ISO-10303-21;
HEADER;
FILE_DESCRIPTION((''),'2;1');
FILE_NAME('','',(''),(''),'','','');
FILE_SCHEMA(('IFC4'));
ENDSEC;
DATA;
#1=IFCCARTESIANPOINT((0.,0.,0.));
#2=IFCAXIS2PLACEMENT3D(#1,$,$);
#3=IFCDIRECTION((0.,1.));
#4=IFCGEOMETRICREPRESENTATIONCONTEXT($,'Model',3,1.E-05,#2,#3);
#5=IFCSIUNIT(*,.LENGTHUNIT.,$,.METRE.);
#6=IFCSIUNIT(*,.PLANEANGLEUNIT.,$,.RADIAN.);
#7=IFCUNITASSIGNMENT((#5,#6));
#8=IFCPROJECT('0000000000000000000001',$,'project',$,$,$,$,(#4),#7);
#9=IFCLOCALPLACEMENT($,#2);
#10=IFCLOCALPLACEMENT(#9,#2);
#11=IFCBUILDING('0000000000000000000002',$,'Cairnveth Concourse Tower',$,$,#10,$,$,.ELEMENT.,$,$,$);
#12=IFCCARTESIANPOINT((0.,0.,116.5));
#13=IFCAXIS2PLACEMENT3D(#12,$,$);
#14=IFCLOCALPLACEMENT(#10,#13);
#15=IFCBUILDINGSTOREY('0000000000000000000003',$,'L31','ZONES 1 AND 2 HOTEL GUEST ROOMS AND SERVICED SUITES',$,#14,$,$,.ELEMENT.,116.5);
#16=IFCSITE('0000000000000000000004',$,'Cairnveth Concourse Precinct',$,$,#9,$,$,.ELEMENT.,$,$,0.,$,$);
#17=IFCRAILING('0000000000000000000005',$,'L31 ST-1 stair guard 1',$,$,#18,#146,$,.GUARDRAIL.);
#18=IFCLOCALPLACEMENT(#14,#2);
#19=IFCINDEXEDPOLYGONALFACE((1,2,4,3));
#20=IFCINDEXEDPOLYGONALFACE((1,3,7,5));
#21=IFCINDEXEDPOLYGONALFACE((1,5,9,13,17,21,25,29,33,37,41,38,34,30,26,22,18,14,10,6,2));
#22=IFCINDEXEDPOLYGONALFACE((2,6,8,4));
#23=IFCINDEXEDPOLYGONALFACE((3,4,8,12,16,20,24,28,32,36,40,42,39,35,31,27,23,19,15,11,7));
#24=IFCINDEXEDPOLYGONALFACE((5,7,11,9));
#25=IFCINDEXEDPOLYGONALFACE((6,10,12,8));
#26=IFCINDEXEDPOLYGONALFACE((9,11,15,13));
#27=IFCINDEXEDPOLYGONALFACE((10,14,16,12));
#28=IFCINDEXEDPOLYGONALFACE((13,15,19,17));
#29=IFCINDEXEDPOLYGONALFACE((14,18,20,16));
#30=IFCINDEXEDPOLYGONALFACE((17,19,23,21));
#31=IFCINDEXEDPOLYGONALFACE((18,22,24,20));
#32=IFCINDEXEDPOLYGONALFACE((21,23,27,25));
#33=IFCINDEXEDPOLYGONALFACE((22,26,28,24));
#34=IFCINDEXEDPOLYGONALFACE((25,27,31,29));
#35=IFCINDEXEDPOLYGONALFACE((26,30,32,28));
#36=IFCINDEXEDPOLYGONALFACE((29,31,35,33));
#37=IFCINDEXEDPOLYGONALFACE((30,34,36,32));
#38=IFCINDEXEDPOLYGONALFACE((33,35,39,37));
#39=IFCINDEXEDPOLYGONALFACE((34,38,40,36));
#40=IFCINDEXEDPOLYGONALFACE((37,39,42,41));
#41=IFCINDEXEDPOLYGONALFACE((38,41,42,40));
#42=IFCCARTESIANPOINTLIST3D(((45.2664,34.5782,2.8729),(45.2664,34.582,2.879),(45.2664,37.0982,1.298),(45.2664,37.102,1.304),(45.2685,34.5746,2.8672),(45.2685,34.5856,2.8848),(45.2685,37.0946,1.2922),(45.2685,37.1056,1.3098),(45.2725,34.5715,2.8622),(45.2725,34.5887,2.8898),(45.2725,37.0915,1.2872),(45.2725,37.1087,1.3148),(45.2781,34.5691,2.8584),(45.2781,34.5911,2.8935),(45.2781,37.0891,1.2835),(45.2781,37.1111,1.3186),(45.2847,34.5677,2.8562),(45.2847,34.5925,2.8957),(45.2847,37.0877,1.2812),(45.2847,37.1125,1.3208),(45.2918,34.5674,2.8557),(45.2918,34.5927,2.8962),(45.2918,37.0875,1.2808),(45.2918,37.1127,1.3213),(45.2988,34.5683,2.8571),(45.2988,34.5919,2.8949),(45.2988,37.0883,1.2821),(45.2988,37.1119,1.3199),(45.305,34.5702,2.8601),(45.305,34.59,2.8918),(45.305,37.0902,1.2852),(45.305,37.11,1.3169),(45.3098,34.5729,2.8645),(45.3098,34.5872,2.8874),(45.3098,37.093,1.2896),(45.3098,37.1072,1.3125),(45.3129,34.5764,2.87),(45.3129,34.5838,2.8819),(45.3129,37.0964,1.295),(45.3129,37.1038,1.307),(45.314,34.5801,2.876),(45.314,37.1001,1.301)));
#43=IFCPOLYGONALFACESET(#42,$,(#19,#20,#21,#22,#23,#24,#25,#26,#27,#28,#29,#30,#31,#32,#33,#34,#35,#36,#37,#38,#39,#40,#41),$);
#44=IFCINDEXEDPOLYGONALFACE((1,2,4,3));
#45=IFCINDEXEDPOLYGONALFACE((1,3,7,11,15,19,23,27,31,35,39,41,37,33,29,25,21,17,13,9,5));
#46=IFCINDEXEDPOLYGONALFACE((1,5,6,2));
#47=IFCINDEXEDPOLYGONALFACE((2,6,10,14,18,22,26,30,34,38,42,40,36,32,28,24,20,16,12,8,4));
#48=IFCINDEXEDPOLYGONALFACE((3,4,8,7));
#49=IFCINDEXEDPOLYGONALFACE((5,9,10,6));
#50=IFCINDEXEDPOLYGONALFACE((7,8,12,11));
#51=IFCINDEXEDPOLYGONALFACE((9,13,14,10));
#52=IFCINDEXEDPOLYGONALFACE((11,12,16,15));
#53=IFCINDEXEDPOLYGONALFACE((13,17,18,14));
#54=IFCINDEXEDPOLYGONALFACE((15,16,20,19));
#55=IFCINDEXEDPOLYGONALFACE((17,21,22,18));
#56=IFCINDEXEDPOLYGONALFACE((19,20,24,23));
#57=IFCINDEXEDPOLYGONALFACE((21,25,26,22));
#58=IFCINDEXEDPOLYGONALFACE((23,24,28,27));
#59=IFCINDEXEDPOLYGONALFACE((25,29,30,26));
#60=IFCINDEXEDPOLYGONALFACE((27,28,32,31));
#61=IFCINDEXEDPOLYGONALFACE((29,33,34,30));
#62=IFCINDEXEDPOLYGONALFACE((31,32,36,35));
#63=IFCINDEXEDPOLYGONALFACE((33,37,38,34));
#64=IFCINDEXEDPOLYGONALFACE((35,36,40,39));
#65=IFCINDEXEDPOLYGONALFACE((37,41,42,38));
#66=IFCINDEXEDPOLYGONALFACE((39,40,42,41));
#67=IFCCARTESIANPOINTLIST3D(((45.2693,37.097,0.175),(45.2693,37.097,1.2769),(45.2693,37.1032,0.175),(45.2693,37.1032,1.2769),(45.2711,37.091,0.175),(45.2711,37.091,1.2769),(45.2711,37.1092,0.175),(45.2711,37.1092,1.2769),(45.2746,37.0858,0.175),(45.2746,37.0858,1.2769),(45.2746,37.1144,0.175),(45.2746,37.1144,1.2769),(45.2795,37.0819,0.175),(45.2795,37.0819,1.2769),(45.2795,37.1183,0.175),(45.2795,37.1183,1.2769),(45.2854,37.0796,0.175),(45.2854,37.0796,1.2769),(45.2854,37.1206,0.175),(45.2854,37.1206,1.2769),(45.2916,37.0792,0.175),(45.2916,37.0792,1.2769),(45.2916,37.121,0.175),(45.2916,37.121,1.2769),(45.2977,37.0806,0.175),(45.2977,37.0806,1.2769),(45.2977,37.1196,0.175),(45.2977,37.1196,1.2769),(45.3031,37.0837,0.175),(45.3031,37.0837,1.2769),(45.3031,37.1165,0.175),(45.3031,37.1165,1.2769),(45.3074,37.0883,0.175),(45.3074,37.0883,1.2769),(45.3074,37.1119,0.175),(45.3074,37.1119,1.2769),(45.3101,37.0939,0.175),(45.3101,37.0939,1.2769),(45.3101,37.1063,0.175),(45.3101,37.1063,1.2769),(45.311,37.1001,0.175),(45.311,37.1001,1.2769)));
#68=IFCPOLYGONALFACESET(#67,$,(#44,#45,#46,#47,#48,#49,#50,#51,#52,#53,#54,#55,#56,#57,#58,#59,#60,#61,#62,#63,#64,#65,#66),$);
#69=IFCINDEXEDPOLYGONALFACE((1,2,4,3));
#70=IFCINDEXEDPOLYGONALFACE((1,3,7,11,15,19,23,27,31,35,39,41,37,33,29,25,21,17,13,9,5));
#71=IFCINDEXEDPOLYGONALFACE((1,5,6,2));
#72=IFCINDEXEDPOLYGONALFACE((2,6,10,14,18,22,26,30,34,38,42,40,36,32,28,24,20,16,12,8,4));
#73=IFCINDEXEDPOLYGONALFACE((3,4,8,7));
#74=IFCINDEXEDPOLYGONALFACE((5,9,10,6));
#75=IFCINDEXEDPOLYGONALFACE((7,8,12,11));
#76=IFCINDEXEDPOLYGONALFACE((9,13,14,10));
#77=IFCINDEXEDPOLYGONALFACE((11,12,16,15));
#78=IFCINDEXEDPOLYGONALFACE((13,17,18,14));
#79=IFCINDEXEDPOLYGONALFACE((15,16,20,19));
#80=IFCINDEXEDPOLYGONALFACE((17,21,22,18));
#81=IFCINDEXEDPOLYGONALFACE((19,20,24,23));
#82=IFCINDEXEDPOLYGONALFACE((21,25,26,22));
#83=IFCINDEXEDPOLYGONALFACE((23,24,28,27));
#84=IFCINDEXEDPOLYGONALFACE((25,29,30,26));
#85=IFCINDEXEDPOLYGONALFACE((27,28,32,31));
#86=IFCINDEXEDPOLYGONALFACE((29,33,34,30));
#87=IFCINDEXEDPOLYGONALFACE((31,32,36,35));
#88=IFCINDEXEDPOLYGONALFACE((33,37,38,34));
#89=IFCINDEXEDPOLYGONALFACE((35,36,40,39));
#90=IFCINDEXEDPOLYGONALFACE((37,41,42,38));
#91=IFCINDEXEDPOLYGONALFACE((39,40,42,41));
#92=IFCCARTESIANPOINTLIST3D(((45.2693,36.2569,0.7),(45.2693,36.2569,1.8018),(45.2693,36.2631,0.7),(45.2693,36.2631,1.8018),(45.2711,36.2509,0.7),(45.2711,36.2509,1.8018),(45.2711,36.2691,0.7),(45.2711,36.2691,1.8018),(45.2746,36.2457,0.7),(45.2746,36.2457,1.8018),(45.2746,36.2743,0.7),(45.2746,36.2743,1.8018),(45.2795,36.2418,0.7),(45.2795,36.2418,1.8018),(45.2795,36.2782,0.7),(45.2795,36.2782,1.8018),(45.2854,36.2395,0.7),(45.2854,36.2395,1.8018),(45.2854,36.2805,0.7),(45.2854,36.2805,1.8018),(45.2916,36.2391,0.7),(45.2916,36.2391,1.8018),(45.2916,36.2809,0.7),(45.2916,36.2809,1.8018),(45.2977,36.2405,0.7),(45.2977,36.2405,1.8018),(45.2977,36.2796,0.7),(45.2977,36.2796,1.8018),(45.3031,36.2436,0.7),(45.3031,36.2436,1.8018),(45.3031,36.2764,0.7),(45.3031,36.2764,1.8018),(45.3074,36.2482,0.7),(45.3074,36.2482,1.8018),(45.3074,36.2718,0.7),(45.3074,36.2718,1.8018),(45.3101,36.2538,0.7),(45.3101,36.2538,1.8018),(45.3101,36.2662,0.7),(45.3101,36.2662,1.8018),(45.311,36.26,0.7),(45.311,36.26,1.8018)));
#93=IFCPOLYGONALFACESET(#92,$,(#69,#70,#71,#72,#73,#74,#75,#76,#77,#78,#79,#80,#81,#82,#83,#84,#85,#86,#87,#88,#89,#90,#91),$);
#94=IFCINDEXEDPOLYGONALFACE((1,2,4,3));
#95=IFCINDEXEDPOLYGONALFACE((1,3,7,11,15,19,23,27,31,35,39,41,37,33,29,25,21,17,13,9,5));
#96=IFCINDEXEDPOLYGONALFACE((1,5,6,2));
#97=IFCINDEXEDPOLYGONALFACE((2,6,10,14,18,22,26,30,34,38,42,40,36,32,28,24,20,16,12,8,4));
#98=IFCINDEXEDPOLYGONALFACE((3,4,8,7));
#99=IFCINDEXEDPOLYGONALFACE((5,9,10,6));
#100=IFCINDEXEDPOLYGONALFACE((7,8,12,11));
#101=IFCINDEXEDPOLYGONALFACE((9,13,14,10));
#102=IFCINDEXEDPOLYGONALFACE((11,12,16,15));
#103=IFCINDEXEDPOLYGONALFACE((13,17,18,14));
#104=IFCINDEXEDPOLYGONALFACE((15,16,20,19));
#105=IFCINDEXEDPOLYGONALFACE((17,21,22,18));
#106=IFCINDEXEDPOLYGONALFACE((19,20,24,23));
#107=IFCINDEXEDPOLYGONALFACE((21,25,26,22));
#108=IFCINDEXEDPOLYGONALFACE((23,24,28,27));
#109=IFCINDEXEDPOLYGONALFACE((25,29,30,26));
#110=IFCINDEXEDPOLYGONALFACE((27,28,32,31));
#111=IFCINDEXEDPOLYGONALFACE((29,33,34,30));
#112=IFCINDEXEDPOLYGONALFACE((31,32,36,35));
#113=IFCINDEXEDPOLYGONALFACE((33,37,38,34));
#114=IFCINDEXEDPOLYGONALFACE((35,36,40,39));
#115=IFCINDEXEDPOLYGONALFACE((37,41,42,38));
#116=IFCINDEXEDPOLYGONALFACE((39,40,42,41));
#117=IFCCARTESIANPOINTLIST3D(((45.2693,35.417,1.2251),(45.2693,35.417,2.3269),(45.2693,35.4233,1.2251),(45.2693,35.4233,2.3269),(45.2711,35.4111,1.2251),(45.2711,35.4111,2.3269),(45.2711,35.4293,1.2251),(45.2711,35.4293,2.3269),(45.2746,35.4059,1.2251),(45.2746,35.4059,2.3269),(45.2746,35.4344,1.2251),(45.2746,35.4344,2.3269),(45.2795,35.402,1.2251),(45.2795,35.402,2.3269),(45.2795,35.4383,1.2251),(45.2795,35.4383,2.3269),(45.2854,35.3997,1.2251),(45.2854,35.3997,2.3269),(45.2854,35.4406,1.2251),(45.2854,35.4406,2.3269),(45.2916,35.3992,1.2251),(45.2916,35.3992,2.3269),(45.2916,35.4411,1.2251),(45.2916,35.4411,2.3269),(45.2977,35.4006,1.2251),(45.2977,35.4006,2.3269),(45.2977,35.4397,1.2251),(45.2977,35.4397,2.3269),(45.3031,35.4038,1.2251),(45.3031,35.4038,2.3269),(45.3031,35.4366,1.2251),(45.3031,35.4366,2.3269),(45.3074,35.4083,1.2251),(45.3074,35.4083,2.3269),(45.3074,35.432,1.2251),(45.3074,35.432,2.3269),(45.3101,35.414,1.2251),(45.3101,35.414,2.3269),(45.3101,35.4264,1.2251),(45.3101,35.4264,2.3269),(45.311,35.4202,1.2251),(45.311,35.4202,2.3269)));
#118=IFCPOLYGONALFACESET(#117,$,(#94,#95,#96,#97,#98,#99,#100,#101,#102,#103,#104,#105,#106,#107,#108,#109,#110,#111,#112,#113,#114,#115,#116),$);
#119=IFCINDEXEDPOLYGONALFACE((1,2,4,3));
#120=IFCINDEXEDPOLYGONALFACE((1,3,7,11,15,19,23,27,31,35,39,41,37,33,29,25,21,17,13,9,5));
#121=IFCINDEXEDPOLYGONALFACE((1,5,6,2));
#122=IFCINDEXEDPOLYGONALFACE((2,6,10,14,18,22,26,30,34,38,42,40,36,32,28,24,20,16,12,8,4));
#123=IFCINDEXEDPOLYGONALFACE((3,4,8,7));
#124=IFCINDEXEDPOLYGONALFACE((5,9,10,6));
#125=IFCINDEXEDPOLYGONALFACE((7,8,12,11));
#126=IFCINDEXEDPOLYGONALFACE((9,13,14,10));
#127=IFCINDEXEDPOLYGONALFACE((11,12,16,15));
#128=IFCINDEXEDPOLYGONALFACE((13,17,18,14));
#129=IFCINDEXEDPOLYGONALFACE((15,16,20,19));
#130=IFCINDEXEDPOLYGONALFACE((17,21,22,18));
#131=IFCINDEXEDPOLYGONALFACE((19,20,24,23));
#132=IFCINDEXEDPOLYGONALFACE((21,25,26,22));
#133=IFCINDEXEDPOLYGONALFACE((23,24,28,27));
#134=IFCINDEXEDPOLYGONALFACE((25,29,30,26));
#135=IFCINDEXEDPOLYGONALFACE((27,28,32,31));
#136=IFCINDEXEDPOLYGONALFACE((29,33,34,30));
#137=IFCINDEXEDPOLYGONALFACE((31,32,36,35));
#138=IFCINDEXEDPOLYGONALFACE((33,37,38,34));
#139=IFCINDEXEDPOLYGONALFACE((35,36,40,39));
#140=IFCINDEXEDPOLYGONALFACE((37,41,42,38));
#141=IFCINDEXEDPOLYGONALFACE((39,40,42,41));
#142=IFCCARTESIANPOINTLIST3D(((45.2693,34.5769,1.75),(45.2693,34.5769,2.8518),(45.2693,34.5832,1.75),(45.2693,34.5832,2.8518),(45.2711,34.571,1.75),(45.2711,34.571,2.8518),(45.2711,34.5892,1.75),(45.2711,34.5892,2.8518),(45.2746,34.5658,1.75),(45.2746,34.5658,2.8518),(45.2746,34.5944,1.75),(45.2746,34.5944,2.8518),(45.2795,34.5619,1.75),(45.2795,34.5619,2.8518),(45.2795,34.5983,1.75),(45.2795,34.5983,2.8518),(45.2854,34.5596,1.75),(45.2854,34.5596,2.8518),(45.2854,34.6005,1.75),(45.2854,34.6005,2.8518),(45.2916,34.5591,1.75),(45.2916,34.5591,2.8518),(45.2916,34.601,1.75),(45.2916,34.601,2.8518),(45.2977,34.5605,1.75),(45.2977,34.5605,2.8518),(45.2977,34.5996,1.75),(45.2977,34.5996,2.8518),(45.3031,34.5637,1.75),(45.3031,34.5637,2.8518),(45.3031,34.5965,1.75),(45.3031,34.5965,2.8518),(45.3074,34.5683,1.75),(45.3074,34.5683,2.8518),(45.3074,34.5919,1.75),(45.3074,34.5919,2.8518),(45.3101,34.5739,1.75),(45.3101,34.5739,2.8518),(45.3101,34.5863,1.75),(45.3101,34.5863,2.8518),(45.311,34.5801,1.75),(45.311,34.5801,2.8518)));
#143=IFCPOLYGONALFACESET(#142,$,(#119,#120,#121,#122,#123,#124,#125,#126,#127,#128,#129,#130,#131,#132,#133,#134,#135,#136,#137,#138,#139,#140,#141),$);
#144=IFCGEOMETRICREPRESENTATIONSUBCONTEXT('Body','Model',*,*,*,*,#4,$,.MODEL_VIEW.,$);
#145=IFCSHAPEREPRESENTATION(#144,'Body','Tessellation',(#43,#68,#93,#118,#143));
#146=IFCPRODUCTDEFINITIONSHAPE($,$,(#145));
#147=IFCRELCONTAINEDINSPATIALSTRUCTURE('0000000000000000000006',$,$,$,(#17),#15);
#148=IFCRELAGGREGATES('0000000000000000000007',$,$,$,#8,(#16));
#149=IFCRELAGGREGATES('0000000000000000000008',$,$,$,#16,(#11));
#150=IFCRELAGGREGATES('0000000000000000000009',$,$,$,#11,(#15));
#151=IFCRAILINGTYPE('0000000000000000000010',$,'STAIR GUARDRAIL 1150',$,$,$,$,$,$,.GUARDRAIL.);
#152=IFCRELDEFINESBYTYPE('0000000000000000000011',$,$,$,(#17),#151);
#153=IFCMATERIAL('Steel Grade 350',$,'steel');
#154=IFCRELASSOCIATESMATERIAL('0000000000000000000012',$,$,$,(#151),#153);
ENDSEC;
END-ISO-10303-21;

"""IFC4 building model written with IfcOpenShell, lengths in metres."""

from ifc_helpers import new_model, si_unit, direction, frame, origin, origin_2d, place, context, subcontext, project, spatial, circle, extrude, material, type_object, element, save


model = new_model("IFC4")

# Units and contexts
model_context = context("Model", 3, precision=1e-05, world=origin(), true_north=direction((0.0, 1.0)))
body_context = subcontext(model_context, "Body", "Model", "MODEL_VIEW")
ifc_project = project(units=[si_unit("LENGTHUNIT", "METRE"), si_unit("PLANEANGLEUNIT", "RADIAN")], contexts=[model_context])

# Site, building, storey
site_placement = place(None, origin())
site = spatial("IfcSite", under=ifc_project, at=site_placement, Name="Cairnveth Concourse Precinct", CompositionType="ELEMENT", RefElevation=0.0)
building_placement = place(site_placement, origin())
building = spatial("IfcBuilding", under=site, at=building_placement, Name="Cairnveth Concourse Tower", CompositionType="ELEMENT")
storey_placement = place(building_placement, frame((0.0, 0.0, 116.5)))
storey = spatial("IfcBuildingStorey", under=building, at=storey_placement, Name="L31", Description="ZONES 1 AND 2 HOTEL GUEST ROOMS AND SERVICED SUITES", CompositionType="ELEMENT", Elevation=116.5)

# Shared definitions
ifc_material_1 = material(Name="Steel Grade 350", Category="steel")

# Railing
railing_type = type_object("IfcRailingType", Name="STAIR GUARDRAIL 1150", PredefinedType="GUARDRAIL", material=ifc_material_1)
railing_1_placement = place(storey_placement, frame((45.29, 37.1001, 0.175)))
element("IfcRailing", 1, at=railing_1_placement, inside=storey, type_object=railing_type, Name="L31 ST-1 stair guard 1", PredefinedType="GUARDRAIL", context=body_context, shape_type="SweptSolid", body=[
    extrude(circle(Radius=0.0239, at=origin_2d()), frame((0.0, 0.0, 1.126), z_axis=(0.0, -0.848008, 0.529984), x_axis=(1.0, 0.0, 0.0)), (0.0, 0.0, 1.0), 2.9717),
    extrude(circle(Radius=0.021, at=origin_2d()), origin(), (0.0, 0.0, 1.0), 1.1018),
    extrude(circle(Radius=0.021, at=origin_2d()), frame((0.0, -0.8401, 0.5249)), (0.0, 0.0, 1.0), 1.1018),
    extrude(circle(Radius=0.021, at=origin_2d()), frame((0.0, -1.6799, 1.05)), (0.0, 0.0, 1.0), 1.1018),
    extrude(circle(Radius=0.021, at=origin_2d()), frame((0.0, -2.52, 1.575)), (0.0, 0.0, 1.0), 1.1018),
])

save(model, "model.ifc")
